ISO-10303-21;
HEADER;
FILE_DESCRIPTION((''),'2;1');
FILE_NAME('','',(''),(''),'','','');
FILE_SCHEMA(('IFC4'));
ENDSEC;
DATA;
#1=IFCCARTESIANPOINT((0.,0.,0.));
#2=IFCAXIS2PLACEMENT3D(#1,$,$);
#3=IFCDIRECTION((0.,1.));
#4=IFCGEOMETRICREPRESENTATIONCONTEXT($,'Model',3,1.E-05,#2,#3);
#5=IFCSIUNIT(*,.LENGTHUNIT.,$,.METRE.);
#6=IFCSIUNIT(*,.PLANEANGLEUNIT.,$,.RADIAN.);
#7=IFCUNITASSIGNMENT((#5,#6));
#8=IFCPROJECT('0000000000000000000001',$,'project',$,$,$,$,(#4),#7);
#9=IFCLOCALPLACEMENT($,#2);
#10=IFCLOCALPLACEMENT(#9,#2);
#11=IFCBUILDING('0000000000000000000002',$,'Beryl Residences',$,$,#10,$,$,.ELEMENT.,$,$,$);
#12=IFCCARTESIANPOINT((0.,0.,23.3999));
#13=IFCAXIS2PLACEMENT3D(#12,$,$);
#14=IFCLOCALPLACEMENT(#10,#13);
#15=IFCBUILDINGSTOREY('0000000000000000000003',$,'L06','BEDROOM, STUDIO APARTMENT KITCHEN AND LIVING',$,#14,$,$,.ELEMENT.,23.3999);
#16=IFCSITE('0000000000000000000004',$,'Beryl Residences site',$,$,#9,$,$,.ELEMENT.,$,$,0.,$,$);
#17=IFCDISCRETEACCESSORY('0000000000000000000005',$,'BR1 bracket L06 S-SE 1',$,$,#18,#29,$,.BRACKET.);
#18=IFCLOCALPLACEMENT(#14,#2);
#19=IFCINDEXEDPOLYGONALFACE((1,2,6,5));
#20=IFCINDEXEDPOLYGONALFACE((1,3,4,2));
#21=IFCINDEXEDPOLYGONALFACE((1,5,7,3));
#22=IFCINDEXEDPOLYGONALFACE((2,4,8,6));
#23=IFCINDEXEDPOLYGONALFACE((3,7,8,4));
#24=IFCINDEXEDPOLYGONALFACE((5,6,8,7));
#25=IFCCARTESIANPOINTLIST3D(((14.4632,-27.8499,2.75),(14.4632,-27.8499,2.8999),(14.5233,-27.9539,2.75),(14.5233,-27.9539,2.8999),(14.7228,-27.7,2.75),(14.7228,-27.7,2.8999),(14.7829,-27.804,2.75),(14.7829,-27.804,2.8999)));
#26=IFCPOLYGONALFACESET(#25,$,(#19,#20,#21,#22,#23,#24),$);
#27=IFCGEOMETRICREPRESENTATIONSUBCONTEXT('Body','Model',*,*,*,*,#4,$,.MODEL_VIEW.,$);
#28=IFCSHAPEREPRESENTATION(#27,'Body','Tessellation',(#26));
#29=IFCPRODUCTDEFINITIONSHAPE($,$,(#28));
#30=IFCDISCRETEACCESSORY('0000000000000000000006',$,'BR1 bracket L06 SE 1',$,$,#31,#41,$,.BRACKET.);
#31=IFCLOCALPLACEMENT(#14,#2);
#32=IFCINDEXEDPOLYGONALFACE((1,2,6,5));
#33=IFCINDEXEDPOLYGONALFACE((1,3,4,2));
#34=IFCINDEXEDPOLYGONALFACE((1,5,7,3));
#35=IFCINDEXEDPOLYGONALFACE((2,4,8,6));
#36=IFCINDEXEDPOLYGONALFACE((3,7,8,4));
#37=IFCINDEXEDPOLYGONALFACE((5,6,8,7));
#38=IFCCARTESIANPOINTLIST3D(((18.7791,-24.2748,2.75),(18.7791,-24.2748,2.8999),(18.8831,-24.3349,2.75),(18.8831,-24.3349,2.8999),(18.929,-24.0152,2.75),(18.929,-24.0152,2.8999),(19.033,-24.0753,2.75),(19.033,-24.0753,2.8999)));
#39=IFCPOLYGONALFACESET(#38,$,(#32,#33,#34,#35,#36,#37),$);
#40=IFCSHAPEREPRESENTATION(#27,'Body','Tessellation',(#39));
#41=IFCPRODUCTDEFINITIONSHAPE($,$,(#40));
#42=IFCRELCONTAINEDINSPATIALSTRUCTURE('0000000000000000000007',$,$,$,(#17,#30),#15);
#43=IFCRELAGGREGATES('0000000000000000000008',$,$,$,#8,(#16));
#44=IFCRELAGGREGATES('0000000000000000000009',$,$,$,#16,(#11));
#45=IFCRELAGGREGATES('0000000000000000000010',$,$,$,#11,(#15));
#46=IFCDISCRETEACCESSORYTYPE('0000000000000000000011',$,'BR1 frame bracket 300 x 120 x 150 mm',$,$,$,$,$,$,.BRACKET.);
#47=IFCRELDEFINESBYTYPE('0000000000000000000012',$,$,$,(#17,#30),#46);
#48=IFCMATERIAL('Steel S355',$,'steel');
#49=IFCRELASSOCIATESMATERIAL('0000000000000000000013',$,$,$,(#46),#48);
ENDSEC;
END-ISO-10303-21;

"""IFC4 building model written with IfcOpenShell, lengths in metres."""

from ifc_helpers import new_model, si_unit, direction, frame, origin, place, context, subcontext, project, spatial, polyline, outline, extrude, source, transform, mapped, material, type_object, type_shapes, element, save


model = new_model("IFC4")

# Units and contexts
model_context = context("Model", 3, precision=1e-05, world=origin(), true_north=direction((0.0, 1.0)))
body_context = subcontext(model_context, "Body", "Model", "MODEL_VIEW")
ifc_project = project(units=[si_unit("LENGTHUNIT", "METRE"), si_unit("PLANEANGLEUNIT", "RADIAN")], contexts=[model_context])

# Site, building, storey
site_placement = place(None, origin())
site = spatial("IfcSite", under=ifc_project, at=site_placement, Name="Beryl Residences site", CompositionType="ELEMENT", RefElevation=0.0)
building_placement = place(site_placement, origin())
building = spatial("IfcBuilding", under=site, at=building_placement, Name="Beryl Residences", CompositionType="ELEMENT")
storey_placement = place(building_placement, frame((0.0, 0.0, 23.3999)))
storey = spatial("IfcBuildingStorey", under=building, at=storey_placement, Name="L06", Description="BEDROOM, STUDIO APARTMENT KITCHEN AND LIVING", CompositionType="ELEMENT", Elevation=23.3999)

# Discrete accessories
ifc_material_1 = material(Name="Steel S355", Category="steel")
discrete_accessory_type = type_object("IfcDiscreteAccessoryType", Name="BR1 frame bracket 300 x 120 x 150 mm", PredefinedType="BRACKET", material=ifc_material_1)
shared_shape_1 = source(origin(), body_context, "Body", "SweptSolid", [
    extrude(outline(polyline([(-0.1499, 0.0), (0.1499, 0.0), (0.1499, 0.1201), (-0.1499, 0.1201), (-0.1499, 0.0)])), origin(), (0.0, 0.0, 1.0), 0.1499),
])
type_shapes(discrete_accessory_type, [shared_shape_1])
for number, where, z_axis, x_axis, name in (
    (1, (14.593, -27.7749, 2.75), (0.0, 0.0, 1.0), (-0.866025, -0.5, 0.0), "BR1 bracket L06 S-SE 1"),
    (2, (18.854, -24.145, 2.75), (0.0, 0.0, 1.0), (-0.5, -0.866025, 0.0), "BR1 bracket L06 SE 1"),
):
    element("IfcDiscreteAccessory", number, at=place(storey_placement, frame(where, z_axis=z_axis, x_axis=x_axis)), inside=storey, type_object=discrete_accessory_type, Name=name, PredefinedType="BRACKET", context=body_context, shape_type="MappedRepresentation", body=[
        mapped(shared_shape_1, transform((0.0, 0.0, 0.0))),
    ])

save(model, "model.ifc")
